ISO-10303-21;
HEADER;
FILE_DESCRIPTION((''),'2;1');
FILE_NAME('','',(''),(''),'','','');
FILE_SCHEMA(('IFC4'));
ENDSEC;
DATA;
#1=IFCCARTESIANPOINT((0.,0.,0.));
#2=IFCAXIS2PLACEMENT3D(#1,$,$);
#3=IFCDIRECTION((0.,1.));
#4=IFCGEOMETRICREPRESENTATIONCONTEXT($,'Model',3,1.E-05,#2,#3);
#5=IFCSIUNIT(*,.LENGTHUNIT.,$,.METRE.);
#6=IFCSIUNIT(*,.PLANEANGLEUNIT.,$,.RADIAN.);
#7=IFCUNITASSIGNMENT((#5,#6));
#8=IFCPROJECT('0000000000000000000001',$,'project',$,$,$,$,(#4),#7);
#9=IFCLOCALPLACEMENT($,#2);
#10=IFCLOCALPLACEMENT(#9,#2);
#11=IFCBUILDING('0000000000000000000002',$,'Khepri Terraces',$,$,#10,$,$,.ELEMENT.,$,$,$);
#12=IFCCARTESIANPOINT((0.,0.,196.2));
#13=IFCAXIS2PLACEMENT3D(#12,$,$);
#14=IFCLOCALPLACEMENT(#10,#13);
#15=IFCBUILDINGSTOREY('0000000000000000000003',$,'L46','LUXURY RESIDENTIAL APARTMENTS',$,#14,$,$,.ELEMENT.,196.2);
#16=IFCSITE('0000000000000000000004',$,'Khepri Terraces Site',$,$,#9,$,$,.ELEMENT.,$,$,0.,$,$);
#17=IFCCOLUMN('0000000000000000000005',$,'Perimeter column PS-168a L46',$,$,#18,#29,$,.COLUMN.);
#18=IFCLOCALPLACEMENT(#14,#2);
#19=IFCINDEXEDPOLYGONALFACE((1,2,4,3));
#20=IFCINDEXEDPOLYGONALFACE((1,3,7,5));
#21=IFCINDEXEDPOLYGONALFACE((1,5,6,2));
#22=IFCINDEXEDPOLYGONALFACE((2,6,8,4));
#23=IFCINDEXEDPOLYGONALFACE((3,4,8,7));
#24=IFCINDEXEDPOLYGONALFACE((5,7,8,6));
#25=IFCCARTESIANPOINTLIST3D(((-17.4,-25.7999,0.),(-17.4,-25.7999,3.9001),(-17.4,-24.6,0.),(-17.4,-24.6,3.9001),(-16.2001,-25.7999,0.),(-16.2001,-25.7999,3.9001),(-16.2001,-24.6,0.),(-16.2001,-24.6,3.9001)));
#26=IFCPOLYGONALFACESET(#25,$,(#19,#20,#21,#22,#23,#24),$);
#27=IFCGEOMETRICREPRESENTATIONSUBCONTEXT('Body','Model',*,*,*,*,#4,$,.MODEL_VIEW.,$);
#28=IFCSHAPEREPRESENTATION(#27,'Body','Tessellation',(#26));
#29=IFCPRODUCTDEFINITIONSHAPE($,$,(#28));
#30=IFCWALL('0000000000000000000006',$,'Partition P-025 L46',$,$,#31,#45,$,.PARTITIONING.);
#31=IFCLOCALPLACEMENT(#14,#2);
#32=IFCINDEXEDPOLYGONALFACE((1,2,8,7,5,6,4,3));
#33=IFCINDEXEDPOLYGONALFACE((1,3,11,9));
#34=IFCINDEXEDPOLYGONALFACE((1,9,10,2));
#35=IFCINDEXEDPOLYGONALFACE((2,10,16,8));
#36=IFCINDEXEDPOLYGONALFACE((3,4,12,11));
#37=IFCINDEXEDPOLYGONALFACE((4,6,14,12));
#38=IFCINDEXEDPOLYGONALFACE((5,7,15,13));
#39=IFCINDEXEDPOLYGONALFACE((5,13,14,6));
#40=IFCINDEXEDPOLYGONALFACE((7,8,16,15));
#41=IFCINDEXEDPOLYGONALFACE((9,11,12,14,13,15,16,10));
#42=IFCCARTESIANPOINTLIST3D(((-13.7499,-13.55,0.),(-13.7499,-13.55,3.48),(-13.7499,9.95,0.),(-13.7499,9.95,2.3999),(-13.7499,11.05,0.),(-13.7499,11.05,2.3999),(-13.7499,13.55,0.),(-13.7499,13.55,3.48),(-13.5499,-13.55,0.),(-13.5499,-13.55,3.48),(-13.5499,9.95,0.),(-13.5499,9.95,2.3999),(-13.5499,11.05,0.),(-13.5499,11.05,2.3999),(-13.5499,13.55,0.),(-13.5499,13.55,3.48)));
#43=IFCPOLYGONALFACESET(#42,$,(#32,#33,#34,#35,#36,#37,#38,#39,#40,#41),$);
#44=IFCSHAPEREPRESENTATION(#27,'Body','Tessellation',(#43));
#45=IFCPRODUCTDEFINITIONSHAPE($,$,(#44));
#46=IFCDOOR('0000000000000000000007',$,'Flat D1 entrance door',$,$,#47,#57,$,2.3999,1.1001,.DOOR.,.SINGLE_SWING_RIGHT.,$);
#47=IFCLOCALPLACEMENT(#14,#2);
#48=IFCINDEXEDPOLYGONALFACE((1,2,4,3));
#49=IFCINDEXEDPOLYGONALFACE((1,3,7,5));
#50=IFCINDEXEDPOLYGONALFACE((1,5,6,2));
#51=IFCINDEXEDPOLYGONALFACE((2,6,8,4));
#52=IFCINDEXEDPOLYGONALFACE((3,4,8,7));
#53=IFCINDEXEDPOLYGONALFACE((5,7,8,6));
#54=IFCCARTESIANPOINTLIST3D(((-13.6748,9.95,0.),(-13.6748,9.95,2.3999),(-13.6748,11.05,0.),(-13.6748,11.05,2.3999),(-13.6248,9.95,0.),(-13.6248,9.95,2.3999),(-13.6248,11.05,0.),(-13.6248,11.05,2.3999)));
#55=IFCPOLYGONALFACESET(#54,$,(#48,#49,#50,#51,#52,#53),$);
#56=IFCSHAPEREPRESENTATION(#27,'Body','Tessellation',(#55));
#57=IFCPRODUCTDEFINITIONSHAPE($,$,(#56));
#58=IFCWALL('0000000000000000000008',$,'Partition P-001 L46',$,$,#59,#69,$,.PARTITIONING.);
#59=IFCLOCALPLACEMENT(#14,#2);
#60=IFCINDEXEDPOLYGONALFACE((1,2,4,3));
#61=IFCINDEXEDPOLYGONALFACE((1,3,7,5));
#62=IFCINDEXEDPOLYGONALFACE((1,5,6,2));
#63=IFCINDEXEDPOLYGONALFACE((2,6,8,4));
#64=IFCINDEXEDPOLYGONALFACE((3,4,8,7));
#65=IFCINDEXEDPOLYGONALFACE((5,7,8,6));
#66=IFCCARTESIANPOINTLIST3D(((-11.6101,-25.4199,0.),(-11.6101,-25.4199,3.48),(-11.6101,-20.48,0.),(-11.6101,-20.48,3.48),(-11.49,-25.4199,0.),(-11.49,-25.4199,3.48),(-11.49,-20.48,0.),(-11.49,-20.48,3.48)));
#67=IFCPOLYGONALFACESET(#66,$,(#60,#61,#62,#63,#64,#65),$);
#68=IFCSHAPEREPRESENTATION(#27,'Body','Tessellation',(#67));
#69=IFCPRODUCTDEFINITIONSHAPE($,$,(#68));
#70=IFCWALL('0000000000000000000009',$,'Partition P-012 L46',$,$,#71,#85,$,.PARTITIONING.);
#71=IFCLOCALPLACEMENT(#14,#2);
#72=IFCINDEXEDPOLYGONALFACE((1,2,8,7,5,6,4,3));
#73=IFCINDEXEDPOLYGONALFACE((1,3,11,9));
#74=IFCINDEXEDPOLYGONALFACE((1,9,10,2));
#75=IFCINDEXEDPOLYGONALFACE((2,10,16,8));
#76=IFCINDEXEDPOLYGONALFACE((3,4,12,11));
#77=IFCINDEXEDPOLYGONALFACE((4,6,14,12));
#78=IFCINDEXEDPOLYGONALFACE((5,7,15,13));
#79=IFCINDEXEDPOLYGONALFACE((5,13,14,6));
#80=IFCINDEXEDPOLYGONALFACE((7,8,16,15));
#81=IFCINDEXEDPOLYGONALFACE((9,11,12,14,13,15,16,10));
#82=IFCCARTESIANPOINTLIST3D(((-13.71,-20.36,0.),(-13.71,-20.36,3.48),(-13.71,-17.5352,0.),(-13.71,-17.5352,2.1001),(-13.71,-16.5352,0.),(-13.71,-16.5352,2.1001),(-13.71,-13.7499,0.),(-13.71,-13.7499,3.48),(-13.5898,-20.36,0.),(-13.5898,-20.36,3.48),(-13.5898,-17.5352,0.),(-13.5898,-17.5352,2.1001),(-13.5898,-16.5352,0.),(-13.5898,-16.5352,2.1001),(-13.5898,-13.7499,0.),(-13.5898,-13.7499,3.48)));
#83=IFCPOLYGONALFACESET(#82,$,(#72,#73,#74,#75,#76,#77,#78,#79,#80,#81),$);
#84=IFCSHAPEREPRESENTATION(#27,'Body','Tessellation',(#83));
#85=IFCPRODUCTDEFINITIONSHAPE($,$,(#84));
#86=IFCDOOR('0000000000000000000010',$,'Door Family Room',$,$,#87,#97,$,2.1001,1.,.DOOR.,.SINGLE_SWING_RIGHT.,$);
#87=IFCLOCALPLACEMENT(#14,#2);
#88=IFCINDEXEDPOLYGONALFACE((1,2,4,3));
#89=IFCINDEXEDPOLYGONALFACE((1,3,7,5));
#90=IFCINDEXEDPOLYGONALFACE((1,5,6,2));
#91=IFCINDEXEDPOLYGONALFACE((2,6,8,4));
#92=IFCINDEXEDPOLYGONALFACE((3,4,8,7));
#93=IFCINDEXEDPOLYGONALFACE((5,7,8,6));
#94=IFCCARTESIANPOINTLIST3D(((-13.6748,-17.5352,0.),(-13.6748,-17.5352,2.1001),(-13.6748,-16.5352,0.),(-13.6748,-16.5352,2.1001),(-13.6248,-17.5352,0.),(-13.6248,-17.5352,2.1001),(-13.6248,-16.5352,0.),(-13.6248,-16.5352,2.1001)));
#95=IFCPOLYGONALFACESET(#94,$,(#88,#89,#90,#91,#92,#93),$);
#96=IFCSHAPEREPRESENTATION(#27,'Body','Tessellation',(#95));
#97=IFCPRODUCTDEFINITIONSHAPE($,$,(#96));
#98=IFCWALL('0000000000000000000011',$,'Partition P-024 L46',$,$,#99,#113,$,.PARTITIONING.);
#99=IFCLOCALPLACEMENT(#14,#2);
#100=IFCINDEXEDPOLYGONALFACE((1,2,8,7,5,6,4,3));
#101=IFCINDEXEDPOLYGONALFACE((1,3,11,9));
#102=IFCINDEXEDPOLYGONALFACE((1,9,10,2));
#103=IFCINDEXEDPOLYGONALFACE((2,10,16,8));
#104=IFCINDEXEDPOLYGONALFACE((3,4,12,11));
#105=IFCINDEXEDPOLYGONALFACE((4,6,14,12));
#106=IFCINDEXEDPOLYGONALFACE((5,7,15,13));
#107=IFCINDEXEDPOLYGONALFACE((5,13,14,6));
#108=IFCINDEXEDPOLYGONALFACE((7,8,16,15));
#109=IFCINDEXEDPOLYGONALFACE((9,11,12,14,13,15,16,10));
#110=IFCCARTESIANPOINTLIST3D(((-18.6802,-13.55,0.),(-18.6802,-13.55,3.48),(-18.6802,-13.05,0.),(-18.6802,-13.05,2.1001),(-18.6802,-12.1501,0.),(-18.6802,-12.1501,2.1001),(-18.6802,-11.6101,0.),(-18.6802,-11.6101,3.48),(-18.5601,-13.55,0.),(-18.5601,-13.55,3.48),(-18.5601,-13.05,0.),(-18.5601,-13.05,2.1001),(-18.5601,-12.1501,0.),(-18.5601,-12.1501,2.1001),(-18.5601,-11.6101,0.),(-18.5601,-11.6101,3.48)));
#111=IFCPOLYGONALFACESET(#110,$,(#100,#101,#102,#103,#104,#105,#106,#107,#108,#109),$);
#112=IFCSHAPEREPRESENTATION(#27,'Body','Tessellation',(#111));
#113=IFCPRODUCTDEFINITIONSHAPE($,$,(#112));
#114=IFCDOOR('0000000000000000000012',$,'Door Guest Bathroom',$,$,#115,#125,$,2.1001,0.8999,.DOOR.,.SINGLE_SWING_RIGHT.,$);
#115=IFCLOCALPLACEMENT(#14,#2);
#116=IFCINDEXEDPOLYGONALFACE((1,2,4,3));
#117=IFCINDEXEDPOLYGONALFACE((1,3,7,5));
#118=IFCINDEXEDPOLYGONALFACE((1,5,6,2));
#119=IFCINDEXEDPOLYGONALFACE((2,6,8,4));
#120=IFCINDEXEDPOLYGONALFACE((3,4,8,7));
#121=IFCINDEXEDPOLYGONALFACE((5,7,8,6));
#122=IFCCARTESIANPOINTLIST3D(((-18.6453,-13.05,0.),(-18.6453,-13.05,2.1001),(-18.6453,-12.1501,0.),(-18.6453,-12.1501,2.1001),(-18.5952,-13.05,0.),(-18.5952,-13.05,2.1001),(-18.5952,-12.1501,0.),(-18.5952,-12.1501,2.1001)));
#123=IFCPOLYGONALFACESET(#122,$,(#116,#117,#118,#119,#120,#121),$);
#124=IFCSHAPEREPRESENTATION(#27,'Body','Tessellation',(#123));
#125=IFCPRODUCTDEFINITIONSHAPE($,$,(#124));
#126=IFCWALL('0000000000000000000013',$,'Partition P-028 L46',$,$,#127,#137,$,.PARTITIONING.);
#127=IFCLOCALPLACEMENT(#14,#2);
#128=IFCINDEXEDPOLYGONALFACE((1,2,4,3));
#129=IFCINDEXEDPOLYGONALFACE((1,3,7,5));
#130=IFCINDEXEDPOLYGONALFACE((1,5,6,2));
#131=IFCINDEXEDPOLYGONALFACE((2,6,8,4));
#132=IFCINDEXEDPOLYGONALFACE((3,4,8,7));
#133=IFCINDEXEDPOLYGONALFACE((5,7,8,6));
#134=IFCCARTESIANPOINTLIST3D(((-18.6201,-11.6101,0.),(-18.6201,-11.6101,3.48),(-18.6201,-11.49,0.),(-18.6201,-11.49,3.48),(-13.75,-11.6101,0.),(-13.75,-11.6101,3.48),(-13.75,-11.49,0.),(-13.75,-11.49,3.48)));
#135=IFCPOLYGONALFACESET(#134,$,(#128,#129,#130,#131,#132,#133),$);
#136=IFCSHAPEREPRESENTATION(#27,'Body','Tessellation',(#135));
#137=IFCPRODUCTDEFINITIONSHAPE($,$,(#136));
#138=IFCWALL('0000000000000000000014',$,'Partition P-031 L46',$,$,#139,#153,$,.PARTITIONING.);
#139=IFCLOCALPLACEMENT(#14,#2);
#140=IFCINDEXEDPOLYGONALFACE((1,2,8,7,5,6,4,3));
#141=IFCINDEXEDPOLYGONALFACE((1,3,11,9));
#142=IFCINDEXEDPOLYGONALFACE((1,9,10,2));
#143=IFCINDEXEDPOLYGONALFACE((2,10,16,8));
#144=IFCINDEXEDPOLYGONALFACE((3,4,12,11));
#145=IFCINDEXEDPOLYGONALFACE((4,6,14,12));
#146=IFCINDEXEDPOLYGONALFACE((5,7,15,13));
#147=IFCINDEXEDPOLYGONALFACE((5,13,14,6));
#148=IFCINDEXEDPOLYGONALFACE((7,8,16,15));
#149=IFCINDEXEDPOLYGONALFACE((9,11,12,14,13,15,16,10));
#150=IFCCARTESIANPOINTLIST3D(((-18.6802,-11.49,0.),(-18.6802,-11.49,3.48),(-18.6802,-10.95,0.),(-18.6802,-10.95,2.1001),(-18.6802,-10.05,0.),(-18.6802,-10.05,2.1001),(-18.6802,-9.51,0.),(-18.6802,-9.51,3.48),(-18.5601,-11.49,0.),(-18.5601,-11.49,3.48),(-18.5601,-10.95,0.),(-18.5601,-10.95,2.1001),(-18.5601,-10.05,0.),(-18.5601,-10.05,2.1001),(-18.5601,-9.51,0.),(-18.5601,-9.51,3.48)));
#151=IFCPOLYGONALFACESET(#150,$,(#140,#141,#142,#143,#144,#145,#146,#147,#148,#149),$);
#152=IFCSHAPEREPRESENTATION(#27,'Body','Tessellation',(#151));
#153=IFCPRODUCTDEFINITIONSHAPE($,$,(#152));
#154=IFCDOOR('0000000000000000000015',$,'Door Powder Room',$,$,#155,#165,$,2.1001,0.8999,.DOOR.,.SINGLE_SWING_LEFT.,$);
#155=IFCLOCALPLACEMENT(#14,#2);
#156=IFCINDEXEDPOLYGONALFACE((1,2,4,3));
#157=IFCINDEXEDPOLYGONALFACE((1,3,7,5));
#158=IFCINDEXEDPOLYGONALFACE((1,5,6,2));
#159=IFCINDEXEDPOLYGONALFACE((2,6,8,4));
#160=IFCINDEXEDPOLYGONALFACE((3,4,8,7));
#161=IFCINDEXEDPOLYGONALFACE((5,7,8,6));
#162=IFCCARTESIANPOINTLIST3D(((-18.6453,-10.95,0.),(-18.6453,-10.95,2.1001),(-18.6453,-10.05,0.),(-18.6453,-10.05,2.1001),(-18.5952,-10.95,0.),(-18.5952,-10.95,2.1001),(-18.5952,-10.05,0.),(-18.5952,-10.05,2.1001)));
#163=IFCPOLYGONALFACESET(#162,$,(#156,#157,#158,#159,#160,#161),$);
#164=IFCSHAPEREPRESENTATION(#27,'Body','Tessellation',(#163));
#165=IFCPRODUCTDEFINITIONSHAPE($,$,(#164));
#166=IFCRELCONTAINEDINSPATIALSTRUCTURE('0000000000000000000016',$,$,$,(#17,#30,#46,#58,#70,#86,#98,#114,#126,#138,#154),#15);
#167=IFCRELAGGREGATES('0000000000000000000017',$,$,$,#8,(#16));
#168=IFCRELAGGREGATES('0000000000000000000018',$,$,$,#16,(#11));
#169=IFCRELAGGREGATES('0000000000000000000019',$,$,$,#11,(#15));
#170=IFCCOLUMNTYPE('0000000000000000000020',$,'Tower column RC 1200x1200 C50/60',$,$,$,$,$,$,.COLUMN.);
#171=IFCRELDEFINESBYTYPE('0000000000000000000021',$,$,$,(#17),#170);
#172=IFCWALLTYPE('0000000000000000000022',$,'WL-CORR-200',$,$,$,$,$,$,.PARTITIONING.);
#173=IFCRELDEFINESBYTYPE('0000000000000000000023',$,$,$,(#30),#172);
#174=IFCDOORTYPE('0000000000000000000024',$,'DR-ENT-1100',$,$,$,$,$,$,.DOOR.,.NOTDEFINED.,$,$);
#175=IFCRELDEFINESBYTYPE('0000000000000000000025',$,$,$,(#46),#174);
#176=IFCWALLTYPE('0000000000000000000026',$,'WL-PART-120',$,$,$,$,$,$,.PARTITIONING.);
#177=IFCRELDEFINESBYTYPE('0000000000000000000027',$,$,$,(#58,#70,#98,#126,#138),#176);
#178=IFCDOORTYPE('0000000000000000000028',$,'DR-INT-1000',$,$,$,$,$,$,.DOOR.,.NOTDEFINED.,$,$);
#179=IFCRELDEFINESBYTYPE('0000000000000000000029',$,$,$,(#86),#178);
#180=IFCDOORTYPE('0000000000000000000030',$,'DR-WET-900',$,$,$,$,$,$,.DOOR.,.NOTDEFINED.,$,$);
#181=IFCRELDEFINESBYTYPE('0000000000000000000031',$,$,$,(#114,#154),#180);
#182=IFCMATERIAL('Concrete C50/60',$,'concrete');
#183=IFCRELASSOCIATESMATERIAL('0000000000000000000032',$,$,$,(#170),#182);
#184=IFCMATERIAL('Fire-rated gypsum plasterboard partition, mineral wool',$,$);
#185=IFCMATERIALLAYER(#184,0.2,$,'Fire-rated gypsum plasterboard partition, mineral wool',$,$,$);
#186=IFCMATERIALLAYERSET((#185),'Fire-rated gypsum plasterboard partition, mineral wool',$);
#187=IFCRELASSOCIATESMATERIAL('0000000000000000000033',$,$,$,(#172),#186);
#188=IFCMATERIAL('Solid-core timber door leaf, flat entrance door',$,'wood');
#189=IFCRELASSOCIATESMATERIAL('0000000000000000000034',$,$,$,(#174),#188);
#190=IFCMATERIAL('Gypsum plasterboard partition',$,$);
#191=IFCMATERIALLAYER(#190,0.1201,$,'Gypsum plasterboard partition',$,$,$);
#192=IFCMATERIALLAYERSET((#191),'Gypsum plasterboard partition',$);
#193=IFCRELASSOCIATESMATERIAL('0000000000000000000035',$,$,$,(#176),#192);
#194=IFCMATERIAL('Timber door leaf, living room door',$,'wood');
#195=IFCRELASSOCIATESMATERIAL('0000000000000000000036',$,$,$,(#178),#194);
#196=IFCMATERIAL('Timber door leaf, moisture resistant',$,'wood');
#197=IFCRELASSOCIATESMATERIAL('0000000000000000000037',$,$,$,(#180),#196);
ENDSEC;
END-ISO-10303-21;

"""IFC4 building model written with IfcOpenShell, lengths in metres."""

from ifc_helpers import new_model, si_unit, direction, frame, frame_2d, origin, origin_2d, place, context, subcontext, project, spatial, rectangle, extrude, material, layer, layer_set, material_profile, profile_set, type_object, element, fill, save


model = new_model("IFC4")

# Units and contexts
model_context = context("Model", 3, precision=1e-05, world=origin(), true_north=direction((0.0, 1.0)))
body_context = subcontext(model_context, "Body", "Model", "MODEL_VIEW")
ifc_project = project(units=[si_unit("LENGTHUNIT", "METRE"), si_unit("PLANEANGLEUNIT", "RADIAN")], contexts=[model_context])

# Site, building, storey
site_placement = place(None, origin())
site = spatial("IfcSite", under=ifc_project, at=site_placement, Name="Khepri Terraces Site", CompositionType="ELEMENT", RefElevation=0.0)
building_placement = place(site_placement, origin())
building = spatial("IfcBuilding", under=site, at=building_placement, Name="Khepri Terraces", CompositionType="ELEMENT")
storey_placement = place(building_placement, frame((0.0, 0.0, 196.2)))
storey = spatial("IfcBuildingStorey", under=building, at=storey_placement, Name="L46", Description="LUXURY RESIDENTIAL APARTMENTS", CompositionType="ELEMENT", Elevation=196.2)

# Column
ifc_material_1 = material(Name="Concrete C50/60", Category="concrete")
ifc_material_profile = material_profile(ifc_material_1, rectangle(XDim=1.2, YDim=1.2, at=origin_2d()), Name="Concrete C50/60", Category="concrete")
ifc_profile_set = profile_set([ifc_material_profile], Name="Concrete C50/60")
column_type = type_object("IfcColumnType", Name="Tower column RC 1200x1200 C50/60", PredefinedType="COLUMN", material=ifc_profile_set)
column_placement = place(storey_placement, frame((-16.8, -25.2, 0.0), z_axis=(0.0, 0.0, 1.0), x_axis=(1.0, 0.0, 0.0)))
element("IfcColumn", 1, at=column_placement, inside=storey, type_object=column_type, Name="Perimeter column PS-168a L46", PredefinedType="COLUMN", context=body_context, shape_type="SweptSolid", body=[
    extrude(rectangle(XDim=1.2, YDim=1.2, at=origin_2d()), origin(), (0.0, 0.0, 1.0), 3.9001),
])

# Wall, opening, door
ifc_material_2 = material(Name="Fire-rated gypsum plasterboard partition, mineral wool")
ifc_layer_1 = layer(ifc_material_2, 0.2, Name="Fire-rated gypsum plasterboard partition, mineral wool")
ifc_layer_set_1 = layer_set([ifc_layer_1], Name="Fire-rated gypsum plasterboard partition, mineral wool")
wall_type_1 = type_object("IfcWallType", Name="WL-CORR-200", PredefinedType="PARTITIONING", material=ifc_layer_set_1)
wall_1_placement = place(storey_placement, frame((-13.6499, -13.55, 0.0), z_axis=(0.0, 0.0, 1.0), x_axis=(0.0, 1.0, 0.0)))
wall_1 = element("IfcWall", 2, at=wall_1_placement, inside=storey, type_object=wall_type_1, Name="Partition P-025 L46", PredefinedType="PARTITIONING", context=body_context, shape_type="SweptSolid", body=[
    extrude(rectangle(XDim=27.1001, YDim=0.2, at=frame_2d((13.55, 0.0))), origin(), (0.0, 0.0, 1.0), 3.48),
])
opening_1_placement = place(wall_1_placement, frame((23.5, 0.0, 0.0)))
opening_1 = element("IfcOpeningElement", 3, at=opening_1_placement, cuts=wall_1, PredefinedType="OPENING", context=body_context, shape_type="SweptSolid", body=[
    extrude(rectangle(XDim=1.1001, YDim=2.3999, at=frame_2d((0.55, 1.2))), frame((0.0, 0.1099, 0.0), z_axis=(0.0, -1.0, 0.0), x_axis=(1.0, 0.0, 0.0)), (0.0, 0.0, 1.0), 0.22),
])
ifc_material_3 = material(Name="Solid-core timber door leaf, flat entrance door", Category="wood")
door_type_1 = type_object("IfcDoorType", Name="DR-ENT-1100", OperationType="NOTDEFINED", PredefinedType="DOOR", material=ifc_material_3)
door_1_placement = place(opening_1_placement, origin())
door_1 = element("IfcDoor", 4, at=door_1_placement, inside=storey, type_object=door_type_1, Name="Flat D1 entrance door", OperationType="SINGLE_SWING_RIGHT", OverallHeight=2.3999, OverallWidth=1.1001, PredefinedType="DOOR", context=body_context, shape_type="SweptSolid", body=[
    extrude(rectangle(XDim=1.1001, YDim=2.3999, at=frame_2d((0.55, 1.2))), frame((0.0, 0.0249, 0.0), z_axis=(0.0, -1.0, 0.0), x_axis=(1.0, 0.0, 0.0)), (0.0, 0.0, 1.0), 0.05),
])
fill(opening_1, door_1)

# Wall
ifc_material_4 = material(Name="Gypsum plasterboard partition")
ifc_layer_2 = layer(ifc_material_4, 0.1201, Name="Gypsum plasterboard partition")
ifc_layer_set_2 = layer_set([ifc_layer_2], Name="Gypsum plasterboard partition")
wall_type_2 = type_object("IfcWallType", Name="WL-PART-120", PredefinedType="PARTITIONING", material=ifc_layer_set_2)
wall_2_placement = place(storey_placement, frame((-11.55, -25.4199, 0.0), z_axis=(0.0, 0.0, 1.0), x_axis=(0.0, 1.0, 0.0)))
element("IfcWall", 5, at=wall_2_placement, inside=storey, type_object=wall_type_2, Name="Partition P-001 L46", PredefinedType="PARTITIONING", context=body_context, shape_type="SweptSolid", body=[
    extrude(rectangle(XDim=4.9399, YDim=0.1201, at=frame_2d((2.47, 0.0))), origin(), (0.0, 0.0, 1.0), 3.48),
])

# Walls, openings, doors
wall_3_placement = place(storey_placement, frame((-13.6499, -20.3601, 0.0), z_axis=(0.0, 0.0, 1.0), x_axis=(0.0, 1.0, 0.0)))
wall_3 = element("IfcWall", 6, at=wall_3_placement, inside=storey, type_object=wall_type_2, Name="Partition P-012 L46", PredefinedType="PARTITIONING", context=body_context, shape_type="SweptSolid", body=[
    extrude(rectangle(XDim=6.6101, YDim=0.1201, at=frame_2d((3.3052, 0.0))), origin(), (0.0, 0.0, 1.0), 3.48),
])
opening_2_placement = place(wall_3_placement, frame((2.825, 0.0, 0.0)))
opening_2 = element("IfcOpeningElement", 7, at=opening_2_placement, cuts=wall_3, PredefinedType="OPENING", context=body_context, shape_type="SweptSolid", body=[
    extrude(rectangle(XDim=1.0, YDim=2.1001, at=frame_2d((0.5, 1.05))), frame((0.0, 0.0701, 0.0), z_axis=(0.0, -1.0, 0.0), x_axis=(1.0, 0.0, 0.0)), (0.0, 0.0, 1.0), 0.1401),
])
ifc_material_5 = material(Name="Timber door leaf, living room door", Category="wood")
door_type_2 = type_object("IfcDoorType", Name="DR-INT-1000", OperationType="NOTDEFINED", PredefinedType="DOOR", material=ifc_material_5)
door_2_placement = place(opening_2_placement, origin())
door_2 = element("IfcDoor", 8, at=door_2_placement, inside=storey, type_object=door_type_2, Name="Door Family Room", OperationType="SINGLE_SWING_RIGHT", OverallHeight=2.1001, OverallWidth=1.0, PredefinedType="DOOR", context=body_context, shape_type="SweptSolid", body=[
    extrude(rectangle(XDim=1.0, YDim=2.1001, at=frame_2d((0.5, 1.05))), frame((0.0, 0.0249, 0.0), z_axis=(0.0, -1.0, 0.0), x_axis=(1.0, 0.0, 0.0)), (0.0, 0.0, 1.0), 0.05),
])
fill(opening_2, door_2)
wall_4_placement = place(storey_placement, frame((-18.6201, -13.55, 0.0), z_axis=(0.0, 0.0, 1.0), x_axis=(0.0, 1.0, 0.0)))
wall_4 = element("IfcWall", 9, at=wall_4_placement, inside=storey, type_object=wall_type_2, Name="Partition P-024 L46", PredefinedType="PARTITIONING", context=body_context, shape_type="SweptSolid", body=[
    extrude(rectangle(XDim=1.9399, YDim=0.1201, at=frame_2d((0.97, 0.0))), origin(), (0.0, 0.0, 1.0), 3.48),
])
opening_3_placement = place(wall_4_placement, frame((0.5, 0.0, 0.0)))
opening_3 = element("IfcOpeningElement", 10, at=opening_3_placement, cuts=wall_4, PredefinedType="OPENING", context=body_context, shape_type="SweptSolid", body=[
    extrude(rectangle(XDim=0.8999, YDim=2.1001, at=frame_2d((0.45, 1.05))), frame((0.0, 0.0701, 0.0), z_axis=(0.0, -1.0, 0.0), x_axis=(1.0, 0.0, 0.0)), (0.0, 0.0, 1.0), 0.1401),
])
ifc_material_6 = material(Name="Timber door leaf, moisture resistant", Category="wood")
door_type_3 = type_object("IfcDoorType", Name="DR-WET-900", OperationType="NOTDEFINED", PredefinedType="DOOR", material=ifc_material_6)
door_3_placement = place(opening_3_placement, frame((0.8999, 0.0, 0.0), z_axis=(0.0, 0.0, 1.0), x_axis=(-1.0, 0.0, 0.0)))
door_3 = element("IfcDoor", 11, at=door_3_placement, inside=storey, type_object=door_type_3, Name="Door Guest Bathroom", OperationType="SINGLE_SWING_RIGHT", OverallHeight=2.1001, OverallWidth=0.8999, PredefinedType="DOOR", context=body_context, shape_type="SweptSolid", body=[
    extrude(rectangle(XDim=0.8999, YDim=2.1001, at=frame_2d((0.45, 1.05))), frame((0.0, 0.0249, 0.0), z_axis=(0.0, -1.0, 0.0), x_axis=(1.0, 0.0, 0.0)), (0.0, 0.0, 1.0), 0.05),
])
fill(opening_3, door_3)

# Wall
wall_5_placement = place(storey_placement, frame((-18.6201, -11.55, 0.0), z_axis=(0.0, 0.0, 1.0), x_axis=(1.0, 0.0, 0.0)))
element("IfcWall", 12, at=wall_5_placement, inside=storey, type_object=wall_type_2, Name="Partition P-028 L46", PredefinedType="PARTITIONING", context=body_context, shape_type="SweptSolid", body=[
    extrude(rectangle(XDim=4.8701, YDim=0.1201, at=frame_2d((2.4351, 0.0))), origin(), (0.0, 0.0, 1.0), 3.48),
])

# Wall, opening, door
wall_6_placement = place(storey_placement, frame((-18.6201, -11.49, 0.0), z_axis=(0.0, 0.0, 1.0), x_axis=(0.0, 1.0, 0.0)))
wall_6 = element("IfcWall", 13, at=wall_6_placement, inside=storey, type_object=wall_type_2, Name="Partition P-031 L46", PredefinedType="PARTITIONING", context=body_context, shape_type="SweptSolid", body=[
    extrude(rectangle(XDim=1.98, YDim=0.1201, at=frame_2d((0.99, 0.0))), origin(), (0.0, 0.0, 1.0), 3.48),
])
opening_4_placement = place(wall_6_placement, frame((0.54, 0.0, 0.0)))
opening_4 = element("IfcOpeningElement", 14, at=opening_4_placement, cuts=wall_6, PredefinedType="OPENING", context=body_context, shape_type="SweptSolid", body=[
    extrude(rectangle(XDim=0.8999, YDim=2.1001, at=frame_2d((0.45, 1.05))), frame((0.0, 0.0701, 0.0), z_axis=(0.0, -1.0, 0.0), x_axis=(1.0, 0.0, 0.0)), (0.0, 0.0, 1.0), 0.1401),
])
door_4_placement = place(opening_4_placement, frame((0.8999, 0.0, 0.0), z_axis=(0.0, 0.0, 1.0), x_axis=(-1.0, 0.0, 0.0)))
door_4 = element("IfcDoor", 15, at=door_4_placement, inside=storey, type_object=door_type_3, Name="Door Powder Room", OperationType="SINGLE_SWING_LEFT", OverallHeight=2.1001, OverallWidth=0.8999, PredefinedType="DOOR", context=body_context, shape_type="SweptSolid", body=[
    extrude(rectangle(XDim=0.8999, YDim=2.1001, at=frame_2d((0.45, 1.05))), frame((0.0, 0.0249, 0.0), z_axis=(0.0, -1.0, 0.0), x_axis=(1.0, 0.0, 0.0)), (0.0, 0.0, 1.0), 0.05),
])
fill(opening_4, door_4)

save(model, "model.ifc")
